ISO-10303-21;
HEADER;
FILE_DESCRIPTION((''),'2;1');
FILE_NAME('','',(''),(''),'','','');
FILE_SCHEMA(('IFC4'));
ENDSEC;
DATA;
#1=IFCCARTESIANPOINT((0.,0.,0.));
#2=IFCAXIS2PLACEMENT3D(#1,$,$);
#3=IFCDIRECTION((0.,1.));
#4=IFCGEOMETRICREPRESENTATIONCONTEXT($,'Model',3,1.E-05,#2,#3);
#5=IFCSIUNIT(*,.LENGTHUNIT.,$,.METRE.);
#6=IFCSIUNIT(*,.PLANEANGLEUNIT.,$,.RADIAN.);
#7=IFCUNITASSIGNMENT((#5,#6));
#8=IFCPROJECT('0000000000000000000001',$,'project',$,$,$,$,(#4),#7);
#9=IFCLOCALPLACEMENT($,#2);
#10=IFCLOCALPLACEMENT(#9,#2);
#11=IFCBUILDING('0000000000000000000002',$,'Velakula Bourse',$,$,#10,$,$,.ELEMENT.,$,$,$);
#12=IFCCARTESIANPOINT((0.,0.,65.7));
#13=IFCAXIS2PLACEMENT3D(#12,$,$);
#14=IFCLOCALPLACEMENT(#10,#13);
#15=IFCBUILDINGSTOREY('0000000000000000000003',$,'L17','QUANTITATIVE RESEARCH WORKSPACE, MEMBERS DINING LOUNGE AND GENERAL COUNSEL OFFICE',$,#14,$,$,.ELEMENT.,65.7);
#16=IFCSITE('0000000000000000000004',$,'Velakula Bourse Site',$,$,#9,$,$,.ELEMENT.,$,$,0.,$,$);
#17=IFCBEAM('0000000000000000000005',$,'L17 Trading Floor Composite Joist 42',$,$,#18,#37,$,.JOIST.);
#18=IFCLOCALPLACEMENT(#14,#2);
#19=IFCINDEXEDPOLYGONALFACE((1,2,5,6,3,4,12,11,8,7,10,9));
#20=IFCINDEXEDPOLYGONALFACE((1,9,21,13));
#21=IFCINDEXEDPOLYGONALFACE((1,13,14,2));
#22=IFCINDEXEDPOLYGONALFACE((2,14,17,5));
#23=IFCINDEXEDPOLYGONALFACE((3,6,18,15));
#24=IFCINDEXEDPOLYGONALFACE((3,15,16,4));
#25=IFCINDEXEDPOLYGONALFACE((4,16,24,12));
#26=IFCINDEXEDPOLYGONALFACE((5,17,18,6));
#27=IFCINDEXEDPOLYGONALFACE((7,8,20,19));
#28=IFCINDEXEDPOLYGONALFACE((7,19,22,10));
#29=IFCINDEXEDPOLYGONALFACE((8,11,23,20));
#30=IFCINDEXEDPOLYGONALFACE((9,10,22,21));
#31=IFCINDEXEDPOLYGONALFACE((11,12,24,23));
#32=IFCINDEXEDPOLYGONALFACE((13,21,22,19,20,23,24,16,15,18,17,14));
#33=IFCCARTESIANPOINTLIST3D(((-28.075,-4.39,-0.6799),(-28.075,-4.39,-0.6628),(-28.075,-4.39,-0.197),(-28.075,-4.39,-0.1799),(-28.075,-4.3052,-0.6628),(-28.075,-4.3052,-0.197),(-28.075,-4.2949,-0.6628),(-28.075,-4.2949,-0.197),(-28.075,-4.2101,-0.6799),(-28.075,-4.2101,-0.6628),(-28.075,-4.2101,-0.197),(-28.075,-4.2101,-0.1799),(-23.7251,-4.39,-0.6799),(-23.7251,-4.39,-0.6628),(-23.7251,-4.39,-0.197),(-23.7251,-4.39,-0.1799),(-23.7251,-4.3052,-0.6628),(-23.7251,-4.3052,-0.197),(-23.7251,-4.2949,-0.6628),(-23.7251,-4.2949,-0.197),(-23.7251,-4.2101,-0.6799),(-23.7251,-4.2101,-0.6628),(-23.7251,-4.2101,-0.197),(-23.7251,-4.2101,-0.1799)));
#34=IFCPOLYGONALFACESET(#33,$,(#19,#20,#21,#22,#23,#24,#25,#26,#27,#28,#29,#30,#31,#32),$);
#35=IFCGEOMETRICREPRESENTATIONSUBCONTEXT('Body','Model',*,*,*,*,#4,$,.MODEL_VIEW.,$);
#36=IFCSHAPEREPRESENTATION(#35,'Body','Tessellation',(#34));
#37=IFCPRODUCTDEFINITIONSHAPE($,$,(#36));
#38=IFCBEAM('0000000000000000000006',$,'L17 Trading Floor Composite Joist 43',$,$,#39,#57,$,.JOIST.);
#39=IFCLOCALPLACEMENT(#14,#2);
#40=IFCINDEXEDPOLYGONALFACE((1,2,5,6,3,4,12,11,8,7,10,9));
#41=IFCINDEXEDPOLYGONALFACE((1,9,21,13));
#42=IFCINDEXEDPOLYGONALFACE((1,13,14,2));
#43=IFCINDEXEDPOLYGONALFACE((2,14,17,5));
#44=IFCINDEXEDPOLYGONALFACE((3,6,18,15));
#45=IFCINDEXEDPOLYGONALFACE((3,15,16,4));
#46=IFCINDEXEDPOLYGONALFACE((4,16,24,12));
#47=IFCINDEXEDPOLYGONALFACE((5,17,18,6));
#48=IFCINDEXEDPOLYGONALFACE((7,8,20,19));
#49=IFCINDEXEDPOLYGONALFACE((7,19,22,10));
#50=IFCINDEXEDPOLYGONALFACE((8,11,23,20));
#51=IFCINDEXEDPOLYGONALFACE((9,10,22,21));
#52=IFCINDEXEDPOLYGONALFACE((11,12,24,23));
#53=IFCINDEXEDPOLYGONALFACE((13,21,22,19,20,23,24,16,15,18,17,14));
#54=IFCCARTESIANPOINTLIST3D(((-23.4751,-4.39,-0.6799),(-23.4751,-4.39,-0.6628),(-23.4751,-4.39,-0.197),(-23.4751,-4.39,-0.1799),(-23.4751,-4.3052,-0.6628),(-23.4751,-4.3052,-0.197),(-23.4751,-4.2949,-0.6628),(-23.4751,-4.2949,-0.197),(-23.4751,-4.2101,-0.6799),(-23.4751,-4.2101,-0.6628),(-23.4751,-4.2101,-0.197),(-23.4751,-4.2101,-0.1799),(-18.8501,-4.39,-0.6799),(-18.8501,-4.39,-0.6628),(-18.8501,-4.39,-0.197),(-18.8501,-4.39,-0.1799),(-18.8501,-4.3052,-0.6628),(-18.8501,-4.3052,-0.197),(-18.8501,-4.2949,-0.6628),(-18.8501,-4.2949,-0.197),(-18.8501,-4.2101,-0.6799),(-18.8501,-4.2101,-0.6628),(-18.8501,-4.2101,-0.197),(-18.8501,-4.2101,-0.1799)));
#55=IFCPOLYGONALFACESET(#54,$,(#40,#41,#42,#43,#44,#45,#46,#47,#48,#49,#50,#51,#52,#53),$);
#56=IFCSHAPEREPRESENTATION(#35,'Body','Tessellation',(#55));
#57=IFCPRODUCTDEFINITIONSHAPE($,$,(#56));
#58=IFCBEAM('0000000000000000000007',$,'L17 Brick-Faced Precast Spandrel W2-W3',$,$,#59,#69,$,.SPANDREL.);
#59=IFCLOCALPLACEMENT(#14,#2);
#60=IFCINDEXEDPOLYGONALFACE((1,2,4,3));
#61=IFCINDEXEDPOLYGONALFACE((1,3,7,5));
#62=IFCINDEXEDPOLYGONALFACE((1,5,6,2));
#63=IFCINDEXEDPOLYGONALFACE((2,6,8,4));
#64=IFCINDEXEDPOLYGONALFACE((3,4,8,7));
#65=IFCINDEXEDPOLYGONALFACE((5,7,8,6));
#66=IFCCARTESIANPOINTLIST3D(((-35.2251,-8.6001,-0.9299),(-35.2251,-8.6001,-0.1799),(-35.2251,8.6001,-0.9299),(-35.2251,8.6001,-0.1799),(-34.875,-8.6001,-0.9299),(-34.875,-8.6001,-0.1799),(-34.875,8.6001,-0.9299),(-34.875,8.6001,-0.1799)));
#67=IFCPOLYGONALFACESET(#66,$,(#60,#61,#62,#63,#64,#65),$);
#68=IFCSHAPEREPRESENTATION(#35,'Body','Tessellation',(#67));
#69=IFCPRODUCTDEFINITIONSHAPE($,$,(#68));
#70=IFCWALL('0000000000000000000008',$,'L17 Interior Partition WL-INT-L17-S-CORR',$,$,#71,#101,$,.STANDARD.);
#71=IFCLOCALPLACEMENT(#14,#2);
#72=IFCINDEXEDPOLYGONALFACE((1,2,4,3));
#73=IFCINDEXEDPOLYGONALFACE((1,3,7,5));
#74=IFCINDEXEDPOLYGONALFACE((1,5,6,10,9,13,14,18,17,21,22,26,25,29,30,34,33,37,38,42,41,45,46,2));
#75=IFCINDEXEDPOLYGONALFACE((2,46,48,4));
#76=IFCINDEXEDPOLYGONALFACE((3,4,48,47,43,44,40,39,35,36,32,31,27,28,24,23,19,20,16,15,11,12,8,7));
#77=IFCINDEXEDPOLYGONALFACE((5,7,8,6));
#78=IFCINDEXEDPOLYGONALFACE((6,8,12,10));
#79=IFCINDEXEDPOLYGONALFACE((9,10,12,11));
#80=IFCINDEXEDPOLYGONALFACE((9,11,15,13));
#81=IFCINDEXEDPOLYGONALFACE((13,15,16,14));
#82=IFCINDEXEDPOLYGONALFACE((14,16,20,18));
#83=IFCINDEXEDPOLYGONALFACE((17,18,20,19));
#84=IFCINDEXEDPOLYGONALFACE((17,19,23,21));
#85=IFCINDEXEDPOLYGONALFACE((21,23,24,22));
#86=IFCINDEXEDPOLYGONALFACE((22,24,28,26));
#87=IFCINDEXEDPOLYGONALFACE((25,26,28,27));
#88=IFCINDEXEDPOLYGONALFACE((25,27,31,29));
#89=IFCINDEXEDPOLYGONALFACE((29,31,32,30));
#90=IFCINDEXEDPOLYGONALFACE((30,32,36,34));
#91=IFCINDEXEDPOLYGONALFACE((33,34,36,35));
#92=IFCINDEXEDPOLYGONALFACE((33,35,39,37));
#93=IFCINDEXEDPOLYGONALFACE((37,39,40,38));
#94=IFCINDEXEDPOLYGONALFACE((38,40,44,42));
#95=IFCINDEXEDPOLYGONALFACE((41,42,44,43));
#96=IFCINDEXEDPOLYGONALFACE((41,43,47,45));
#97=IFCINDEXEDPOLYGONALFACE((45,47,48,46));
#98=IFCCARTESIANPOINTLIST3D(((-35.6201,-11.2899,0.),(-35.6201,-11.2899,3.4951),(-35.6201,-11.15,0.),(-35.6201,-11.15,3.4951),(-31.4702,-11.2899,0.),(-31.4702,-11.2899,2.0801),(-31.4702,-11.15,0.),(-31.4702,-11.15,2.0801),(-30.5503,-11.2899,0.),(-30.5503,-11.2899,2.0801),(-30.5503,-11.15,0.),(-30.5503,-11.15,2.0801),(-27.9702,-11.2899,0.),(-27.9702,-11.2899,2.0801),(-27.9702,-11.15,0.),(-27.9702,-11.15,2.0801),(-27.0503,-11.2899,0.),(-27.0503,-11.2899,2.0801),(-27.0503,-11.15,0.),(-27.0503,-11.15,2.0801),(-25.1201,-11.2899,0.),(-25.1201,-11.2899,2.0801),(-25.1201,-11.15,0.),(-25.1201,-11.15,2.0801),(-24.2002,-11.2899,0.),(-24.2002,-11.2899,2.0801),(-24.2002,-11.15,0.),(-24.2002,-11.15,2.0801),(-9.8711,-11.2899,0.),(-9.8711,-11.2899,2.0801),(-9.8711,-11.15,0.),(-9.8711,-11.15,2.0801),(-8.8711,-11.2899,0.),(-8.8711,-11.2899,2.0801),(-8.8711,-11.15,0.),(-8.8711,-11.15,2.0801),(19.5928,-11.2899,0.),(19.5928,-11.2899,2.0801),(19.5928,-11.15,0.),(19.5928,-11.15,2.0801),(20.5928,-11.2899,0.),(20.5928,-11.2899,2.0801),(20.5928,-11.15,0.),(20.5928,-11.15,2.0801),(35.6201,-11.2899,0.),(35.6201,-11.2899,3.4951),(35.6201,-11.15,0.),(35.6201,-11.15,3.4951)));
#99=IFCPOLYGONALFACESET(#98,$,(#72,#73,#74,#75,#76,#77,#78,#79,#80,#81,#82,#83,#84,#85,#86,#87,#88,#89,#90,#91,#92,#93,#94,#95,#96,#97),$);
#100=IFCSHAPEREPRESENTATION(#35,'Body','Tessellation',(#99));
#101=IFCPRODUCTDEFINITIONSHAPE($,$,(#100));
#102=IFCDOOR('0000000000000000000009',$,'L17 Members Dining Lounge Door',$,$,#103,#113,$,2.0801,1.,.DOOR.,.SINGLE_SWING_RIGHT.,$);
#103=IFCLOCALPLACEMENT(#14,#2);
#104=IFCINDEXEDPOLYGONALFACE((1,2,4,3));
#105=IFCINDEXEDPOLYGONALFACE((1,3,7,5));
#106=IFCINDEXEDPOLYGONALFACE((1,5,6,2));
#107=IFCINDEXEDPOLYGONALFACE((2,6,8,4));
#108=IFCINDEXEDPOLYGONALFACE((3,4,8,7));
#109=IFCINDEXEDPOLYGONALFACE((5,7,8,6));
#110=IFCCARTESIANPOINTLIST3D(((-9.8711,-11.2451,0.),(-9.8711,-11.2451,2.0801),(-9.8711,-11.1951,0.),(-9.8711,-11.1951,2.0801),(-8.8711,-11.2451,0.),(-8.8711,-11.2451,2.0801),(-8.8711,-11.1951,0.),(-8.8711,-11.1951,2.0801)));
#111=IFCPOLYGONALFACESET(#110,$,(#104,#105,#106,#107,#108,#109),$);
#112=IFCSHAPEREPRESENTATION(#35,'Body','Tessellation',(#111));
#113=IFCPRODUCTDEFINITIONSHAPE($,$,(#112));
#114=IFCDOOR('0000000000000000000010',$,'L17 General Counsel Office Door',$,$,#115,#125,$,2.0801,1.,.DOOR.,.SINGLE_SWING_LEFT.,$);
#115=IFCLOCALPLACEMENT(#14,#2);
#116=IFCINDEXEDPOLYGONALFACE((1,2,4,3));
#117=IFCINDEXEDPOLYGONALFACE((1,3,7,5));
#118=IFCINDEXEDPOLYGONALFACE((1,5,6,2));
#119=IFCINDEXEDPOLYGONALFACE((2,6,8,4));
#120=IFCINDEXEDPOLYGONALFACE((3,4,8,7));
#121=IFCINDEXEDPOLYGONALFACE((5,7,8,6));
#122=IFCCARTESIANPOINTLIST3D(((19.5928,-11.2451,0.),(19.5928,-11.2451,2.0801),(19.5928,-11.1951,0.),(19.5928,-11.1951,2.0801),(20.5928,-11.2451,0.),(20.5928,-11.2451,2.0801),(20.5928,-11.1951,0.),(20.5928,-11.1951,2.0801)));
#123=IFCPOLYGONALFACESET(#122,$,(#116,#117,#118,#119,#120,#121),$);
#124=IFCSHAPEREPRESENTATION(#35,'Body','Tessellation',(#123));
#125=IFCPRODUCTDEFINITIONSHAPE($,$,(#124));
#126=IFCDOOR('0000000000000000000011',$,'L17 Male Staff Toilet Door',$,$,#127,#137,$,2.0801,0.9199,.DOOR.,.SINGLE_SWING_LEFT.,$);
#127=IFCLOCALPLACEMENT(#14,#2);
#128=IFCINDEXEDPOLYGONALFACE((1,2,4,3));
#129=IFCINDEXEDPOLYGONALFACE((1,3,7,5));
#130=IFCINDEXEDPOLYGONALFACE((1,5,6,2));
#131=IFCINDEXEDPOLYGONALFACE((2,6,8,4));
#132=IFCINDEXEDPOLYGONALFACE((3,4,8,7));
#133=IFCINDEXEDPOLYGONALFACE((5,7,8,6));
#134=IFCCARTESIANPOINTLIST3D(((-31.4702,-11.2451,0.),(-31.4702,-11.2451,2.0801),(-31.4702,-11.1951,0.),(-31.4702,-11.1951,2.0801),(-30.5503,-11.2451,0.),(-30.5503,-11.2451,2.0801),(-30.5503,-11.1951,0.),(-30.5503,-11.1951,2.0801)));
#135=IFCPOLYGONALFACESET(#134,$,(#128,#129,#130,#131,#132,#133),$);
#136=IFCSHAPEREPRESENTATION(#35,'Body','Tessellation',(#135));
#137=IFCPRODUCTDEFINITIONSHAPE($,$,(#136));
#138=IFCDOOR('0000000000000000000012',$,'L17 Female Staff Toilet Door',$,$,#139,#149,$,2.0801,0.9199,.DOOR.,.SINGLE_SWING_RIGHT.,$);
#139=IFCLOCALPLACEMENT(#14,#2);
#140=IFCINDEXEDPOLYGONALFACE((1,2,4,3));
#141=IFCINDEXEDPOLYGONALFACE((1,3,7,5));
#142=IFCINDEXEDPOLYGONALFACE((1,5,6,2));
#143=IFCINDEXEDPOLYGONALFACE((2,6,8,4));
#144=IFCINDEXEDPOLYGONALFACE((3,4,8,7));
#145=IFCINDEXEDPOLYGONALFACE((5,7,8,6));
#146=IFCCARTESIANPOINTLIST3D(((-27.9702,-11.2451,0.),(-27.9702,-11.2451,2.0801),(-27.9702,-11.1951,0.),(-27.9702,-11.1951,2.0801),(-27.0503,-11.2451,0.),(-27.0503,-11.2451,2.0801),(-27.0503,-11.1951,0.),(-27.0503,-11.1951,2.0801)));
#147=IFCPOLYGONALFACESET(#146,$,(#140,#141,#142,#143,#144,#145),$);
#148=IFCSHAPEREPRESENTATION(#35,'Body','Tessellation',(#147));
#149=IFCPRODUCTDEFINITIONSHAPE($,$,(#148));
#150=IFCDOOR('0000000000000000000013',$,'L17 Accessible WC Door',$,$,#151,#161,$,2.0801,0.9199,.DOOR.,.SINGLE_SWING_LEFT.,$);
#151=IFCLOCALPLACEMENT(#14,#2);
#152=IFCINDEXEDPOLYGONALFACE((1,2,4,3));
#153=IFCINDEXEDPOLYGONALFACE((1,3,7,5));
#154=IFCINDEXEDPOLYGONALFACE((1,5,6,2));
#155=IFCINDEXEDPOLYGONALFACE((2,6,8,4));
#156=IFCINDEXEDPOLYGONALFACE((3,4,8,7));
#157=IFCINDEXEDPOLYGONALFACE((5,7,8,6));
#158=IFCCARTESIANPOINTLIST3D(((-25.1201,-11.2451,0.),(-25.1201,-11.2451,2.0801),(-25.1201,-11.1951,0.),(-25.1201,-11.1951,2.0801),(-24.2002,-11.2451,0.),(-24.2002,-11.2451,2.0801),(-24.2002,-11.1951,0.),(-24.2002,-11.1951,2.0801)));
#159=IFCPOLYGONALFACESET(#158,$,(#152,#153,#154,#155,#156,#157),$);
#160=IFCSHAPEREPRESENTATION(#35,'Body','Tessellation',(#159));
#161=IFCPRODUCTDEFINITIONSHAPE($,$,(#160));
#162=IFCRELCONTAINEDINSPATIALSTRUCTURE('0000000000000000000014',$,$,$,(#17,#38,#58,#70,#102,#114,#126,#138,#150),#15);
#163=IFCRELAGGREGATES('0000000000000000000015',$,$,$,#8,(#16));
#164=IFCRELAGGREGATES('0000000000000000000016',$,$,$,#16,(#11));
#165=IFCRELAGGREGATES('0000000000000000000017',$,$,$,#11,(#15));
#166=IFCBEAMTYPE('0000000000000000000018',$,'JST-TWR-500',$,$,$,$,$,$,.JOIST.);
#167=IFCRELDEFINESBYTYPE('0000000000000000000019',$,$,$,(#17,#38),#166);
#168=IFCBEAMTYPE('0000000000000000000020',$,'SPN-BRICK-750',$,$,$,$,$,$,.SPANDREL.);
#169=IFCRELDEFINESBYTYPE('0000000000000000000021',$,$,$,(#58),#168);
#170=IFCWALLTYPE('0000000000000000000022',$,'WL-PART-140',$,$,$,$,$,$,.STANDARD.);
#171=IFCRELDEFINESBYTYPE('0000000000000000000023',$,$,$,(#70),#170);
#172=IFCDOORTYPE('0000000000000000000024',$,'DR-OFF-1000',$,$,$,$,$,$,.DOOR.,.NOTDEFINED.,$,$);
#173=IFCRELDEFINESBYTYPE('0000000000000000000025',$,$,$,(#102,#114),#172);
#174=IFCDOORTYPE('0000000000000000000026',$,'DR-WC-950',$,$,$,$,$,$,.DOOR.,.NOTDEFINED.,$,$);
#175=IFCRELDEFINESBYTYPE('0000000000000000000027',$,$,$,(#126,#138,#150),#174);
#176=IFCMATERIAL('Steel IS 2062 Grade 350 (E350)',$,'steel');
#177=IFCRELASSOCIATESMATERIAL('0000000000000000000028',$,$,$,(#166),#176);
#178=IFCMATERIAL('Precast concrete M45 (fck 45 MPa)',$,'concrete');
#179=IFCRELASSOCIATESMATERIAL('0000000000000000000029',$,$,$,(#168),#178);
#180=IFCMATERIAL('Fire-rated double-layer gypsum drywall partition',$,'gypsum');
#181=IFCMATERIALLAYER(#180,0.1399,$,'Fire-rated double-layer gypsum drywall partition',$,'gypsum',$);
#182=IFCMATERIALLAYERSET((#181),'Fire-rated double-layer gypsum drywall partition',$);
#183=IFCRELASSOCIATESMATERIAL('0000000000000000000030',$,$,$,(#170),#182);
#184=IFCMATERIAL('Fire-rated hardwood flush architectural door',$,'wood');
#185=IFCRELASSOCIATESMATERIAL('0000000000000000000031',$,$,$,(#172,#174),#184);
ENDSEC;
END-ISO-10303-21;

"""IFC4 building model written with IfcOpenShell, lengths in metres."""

from ifc_helpers import new_model, si_unit, direction, frame, frame_2d, origin, origin_2d, place, context, subcontext, project, spatial, rectangle, i_section, extrude, material, layer, layer_set, material_profile, profile_set, type_object, element, fill, save


model = new_model("IFC4")

# Units and contexts
model_context = context("Model", 3, precision=1e-05, world=origin(), true_north=direction((0.0, 1.0)))
body_context = subcontext(model_context, "Body", "Model", "MODEL_VIEW")
ifc_project = project(units=[si_unit("LENGTHUNIT", "METRE"), si_unit("PLANEANGLEUNIT", "RADIAN")], contexts=[model_context])

# Site, building, storey
site_placement = place(None, origin())
site = spatial("IfcSite", under=ifc_project, at=site_placement, Name="Velakula Bourse Site", CompositionType="ELEMENT", RefElevation=0.0)
building_placement = place(site_placement, origin())
building = spatial("IfcBuilding", under=site, at=building_placement, Name="Velakula Bourse", CompositionType="ELEMENT")
storey_placement = place(building_placement, frame((0.0, 0.0, 65.7)))
storey = spatial("IfcBuildingStorey", under=building, at=storey_placement, Name="L17", Description="QUANTITATIVE RESEARCH WORKSPACE, MEMBERS DINING LOUNGE AND GENERAL COUNSEL OFFICE", CompositionType="ELEMENT", Elevation=65.7)

# Beams
ifc_material_1 = material(Name="Steel IS 2062 Grade 350 (E350)", Category="steel")
ifc_material_profile_1 = material_profile(ifc_material_1, i_section(OverallWidth=0.1799, OverallDepth=0.5, WebThickness=0.0103, FlangeThickness=0.0171, at=origin_2d()), Name="Steel IS 2062 Grade 350 (E350)")
ifc_profile_set_1 = profile_set([ifc_material_profile_1], Name="Steel IS 2062 Grade 350 (E350)")
beam_type_1 = type_object("IfcBeamType", Name="JST-TWR-500", PredefinedType="JOIST", material=ifc_profile_set_1)
beam_1_placement = place(storey_placement, frame((-28.075, -4.3, -0.4299), z_axis=(1.0, 0.0, 0.0), x_axis=(0.0, 1.0, 0.0)))
element("IfcBeam", 1, at=beam_1_placement, inside=storey, type_object=beam_type_1, Name="L17 Trading Floor Composite Joist 42", PredefinedType="JOIST", context=body_context, shape_type="SweptSolid", body=[
    extrude(i_section(OverallWidth=0.1799, OverallDepth=0.5, WebThickness=0.0103, FlangeThickness=0.0171, at=origin_2d()), origin(), (0.0, 0.0, 1.0), 4.3499),
])
beam_2_placement = place(storey_placement, frame((-23.4751, -4.3, -0.4299), z_axis=(1.0, 0.0, 0.0), x_axis=(0.0, 1.0, 0.0)))
element("IfcBeam", 2, at=beam_2_placement, inside=storey, type_object=beam_type_1, Name="L17 Trading Floor Composite Joist 43", PredefinedType="JOIST", context=body_context, shape_type="SweptSolid", body=[
    extrude(i_section(OverallWidth=0.1799, OverallDepth=0.5, WebThickness=0.0103, FlangeThickness=0.0171, at=origin_2d()), origin(), (0.0, 0.0, 1.0), 4.625),
])
ifc_material_2 = material(Name="Precast concrete M45 (fck 45 MPa)", Category="concrete")
ifc_material_profile_2 = material_profile(ifc_material_2, rectangle(XDim=0.3501, YDim=0.75, at=origin_2d()), Name="Precast concrete M45 (fck 45 MPa)")
ifc_profile_set_2 = profile_set([ifc_material_profile_2], Name="Precast concrete M45 (fck 45 MPa)")
beam_type_2 = type_object("IfcBeamType", Name="SPN-BRICK-750", PredefinedType="SPANDREL", material=ifc_profile_set_2)
beam_3_placement = place(storey_placement, frame((-35.05, -8.6001, -0.5549), z_axis=(0.0, 1.0, 0.0), x_axis=(-1.0, 0.0, 0.0)))
element("IfcBeam", 3, at=beam_3_placement, inside=storey, type_object=beam_type_2, Name="L17 Brick-Faced Precast Spandrel W2-W3", PredefinedType="SPANDREL", context=body_context, shape_type="SweptSolid", body=[
    extrude(rectangle(XDim=0.3501, YDim=0.75, at=origin_2d()), origin(), (0.0, 0.0, 1.0), 17.2002),
])

# Wall, openings, doors
ifc_material_3 = material(Name="Fire-rated double-layer gypsum drywall partition", Category="gypsum")
ifc_layer = layer(ifc_material_3, 0.1399, Name="Fire-rated double-layer gypsum drywall partition", Category="gypsum")
ifc_layer_set = layer_set([ifc_layer], Name="Fire-rated double-layer gypsum drywall partition")
wall_type = type_object("IfcWallType", Name="WL-PART-140", PredefinedType="STANDARD", material=ifc_layer_set)
wall_1_placement = place(storey_placement, frame((-35.6201, -11.22, 0.0), z_axis=(0.0, 0.0, 1.0), x_axis=(1.0, 0.0, 0.0)))
wall_1 = element("IfcWall", 4, at=wall_1_placement, inside=storey, type_object=wall_type, Name="L17 Interior Partition WL-INT-L17-S-CORR", PredefinedType="STANDARD", context=body_context, shape_type="SweptSolid", body=[
    extrude(rectangle(XDim=71.2402, YDim=0.1399, at=frame_2d((35.6201, 0.0))), origin(), (0.0, 0.0, 1.0), 3.4951),
])
opening_1_placement = place(wall_1_placement, frame((4.1499, 0.0, 0.0)))
opening_1 = element("IfcOpeningElement", 5, at=opening_1_placement, cuts=wall_1, PredefinedType="OPENING", context=body_context, shape_type="SweptSolid", body=[
    extrude(rectangle(XDim=0.9199, YDim=2.0801, at=frame_2d((0.46, 1.04))), frame((0.0, 0.0798, 0.0), z_axis=(0.0, -1.0, 0.0), x_axis=(1.0, 0.0, 0.0)), (0.0, 0.0, 1.0), 0.1599),
])
opening_2_placement = place(wall_1_placement, frame((7.6499, 0.0, 0.0)))
opening_2 = element("IfcOpeningElement", 6, at=opening_2_placement, cuts=wall_1, PredefinedType="OPENING", context=body_context, shape_type="SweptSolid", body=[
    extrude(rectangle(XDim=0.9199, YDim=2.0801, at=frame_2d((0.46, 1.04))), frame((0.0, 0.0798, 0.0), z_axis=(0.0, -1.0, 0.0), x_axis=(1.0, 0.0, 0.0)), (0.0, 0.0, 1.0), 0.1599),
])
opening_3_placement = place(wall_1_placement, frame((10.5, 0.0, 0.0)))
opening_3 = element("IfcOpeningElement", 7, at=opening_3_placement, cuts=wall_1, PredefinedType="OPENING", context=body_context, shape_type="SweptSolid", body=[
    extrude(rectangle(XDim=0.9199, YDim=2.0801, at=frame_2d((0.46, 1.04))), frame((0.0, 0.0798, 0.0), z_axis=(0.0, -1.0, 0.0), x_axis=(1.0, 0.0, 0.0)), (0.0, 0.0, 1.0), 0.1599),
])
opening_4_placement = place(wall_1_placement, frame((25.749, 0.0, 0.0)))
opening_4 = element("IfcOpeningElement", 8, at=opening_4_placement, cuts=wall_1, PredefinedType="OPENING", context=body_context, shape_type="SweptSolid", body=[
    extrude(rectangle(XDim=1.0, YDim=2.0801, at=frame_2d((0.5, 1.04))), frame((0.0, 0.0798, 0.0), z_axis=(0.0, -1.0, 0.0), x_axis=(1.0, 0.0, 0.0)), (0.0, 0.0, 1.0), 0.1599),
])
opening_5_placement = place(wall_1_placement, frame((55.2129, 0.0, 0.0)))
opening_5 = element("IfcOpeningElement", 9, at=opening_5_placement, cuts=wall_1, PredefinedType="OPENING", context=body_context, shape_type="SweptSolid", body=[
    extrude(rectangle(XDim=1.0, YDim=2.0801, at=frame_2d((0.5, 1.04))), frame((0.0, 0.0798, 0.0), z_axis=(0.0, -1.0, 0.0), x_axis=(1.0, 0.0, 0.0)), (0.0, 0.0, 1.0), 0.1599),
])
ifc_material_4 = material(Name="Fire-rated hardwood flush architectural door", Category="wood")
door_type_1 = type_object("IfcDoorType", Name="DR-OFF-1000", OperationType="NOTDEFINED", PredefinedType="DOOR", material=ifc_material_4)
door_1_placement = place(opening_4_placement, origin())
door_1 = element("IfcDoor", 10, at=door_1_placement, inside=storey, type_object=door_type_1, Name="L17 Members Dining Lounge Door", OperationType="SINGLE_SWING_RIGHT", OverallHeight=2.0801, OverallWidth=1.0, PredefinedType="DOOR", context=body_context, shape_type="SweptSolid", body=[
    extrude(rectangle(XDim=1.0, YDim=2.0801, at=frame_2d((0.5, 1.04))), frame((0.0, 0.0249, 0.0), z_axis=(0.0, -1.0, 0.0), x_axis=(1.0, 0.0, 0.0)), (0.0, 0.0, 1.0), 0.05),
])
fill(opening_4, door_1)
door_2_placement = place(opening_5_placement, origin())
door_2 = element("IfcDoor", 11, at=door_2_placement, inside=storey, type_object=door_type_1, Name="L17 General Counsel Office Door", OperationType="SINGLE_SWING_LEFT", OverallHeight=2.0801, OverallWidth=1.0, PredefinedType="DOOR", context=body_context, shape_type="SweptSolid", body=[
    extrude(rectangle(XDim=1.0, YDim=2.0801, at=frame_2d((0.5, 1.04))), frame((0.0, 0.0249, 0.0), z_axis=(0.0, -1.0, 0.0), x_axis=(1.0, 0.0, 0.0)), (0.0, 0.0, 1.0), 0.05),
])
fill(opening_5, door_2)
door_type_2 = type_object("IfcDoorType", Name="DR-WC-950", OperationType="NOTDEFINED", PredefinedType="DOOR", material=ifc_material_4)
door_3_placement = place(opening_1_placement, origin())
door_3 = element("IfcDoor", 12, at=door_3_placement, inside=storey, type_object=door_type_2, Name="L17 Male Staff Toilet Door", OperationType="SINGLE_SWING_LEFT", OverallHeight=2.0801, OverallWidth=0.9199, PredefinedType="DOOR", context=body_context, shape_type="SweptSolid", body=[
    extrude(rectangle(XDim=0.9199, YDim=2.0801, at=frame_2d((0.46, 1.04))), frame((0.0, 0.0249, 0.0), z_axis=(0.0, -1.0, 0.0), x_axis=(1.0, 0.0, 0.0)), (0.0, 0.0, 1.0), 0.05),
])
fill(opening_1, door_3)
door_4_placement = place(opening_2_placement, origin())
door_4 = element("IfcDoor", 13, at=door_4_placement, inside=storey, type_object=door_type_2, Name="L17 Female Staff Toilet Door", OperationType="SINGLE_SWING_RIGHT", OverallHeight=2.0801, OverallWidth=0.9199, PredefinedType="DOOR", context=body_context, shape_type="SweptSolid", body=[
    extrude(rectangle(XDim=0.9199, YDim=2.0801, at=frame_2d((0.46, 1.04))), frame((0.0, 0.0249, 0.0), z_axis=(0.0, -1.0, 0.0), x_axis=(1.0, 0.0, 0.0)), (0.0, 0.0, 1.0), 0.05),
])
fill(opening_2, door_4)
door_5_placement = place(opening_3_placement, origin())
door_5 = element("IfcDoor", 14, at=door_5_placement, inside=storey, type_object=door_type_2, Name="L17 Accessible WC Door", OperationType="SINGLE_SWING_LEFT", OverallHeight=2.0801, OverallWidth=0.9199, PredefinedType="DOOR", context=body_context, shape_type="SweptSolid", body=[
    extrude(rectangle(XDim=0.9199, YDim=2.0801, at=frame_2d((0.46, 1.04))), frame((0.0, 0.0249, 0.0), z_axis=(0.0, -1.0, 0.0), x_axis=(1.0, 0.0, 0.0)), (0.0, 0.0, 1.0), 0.05),
])
fill(opening_3, door_5)

save(model, "model.ifc")
